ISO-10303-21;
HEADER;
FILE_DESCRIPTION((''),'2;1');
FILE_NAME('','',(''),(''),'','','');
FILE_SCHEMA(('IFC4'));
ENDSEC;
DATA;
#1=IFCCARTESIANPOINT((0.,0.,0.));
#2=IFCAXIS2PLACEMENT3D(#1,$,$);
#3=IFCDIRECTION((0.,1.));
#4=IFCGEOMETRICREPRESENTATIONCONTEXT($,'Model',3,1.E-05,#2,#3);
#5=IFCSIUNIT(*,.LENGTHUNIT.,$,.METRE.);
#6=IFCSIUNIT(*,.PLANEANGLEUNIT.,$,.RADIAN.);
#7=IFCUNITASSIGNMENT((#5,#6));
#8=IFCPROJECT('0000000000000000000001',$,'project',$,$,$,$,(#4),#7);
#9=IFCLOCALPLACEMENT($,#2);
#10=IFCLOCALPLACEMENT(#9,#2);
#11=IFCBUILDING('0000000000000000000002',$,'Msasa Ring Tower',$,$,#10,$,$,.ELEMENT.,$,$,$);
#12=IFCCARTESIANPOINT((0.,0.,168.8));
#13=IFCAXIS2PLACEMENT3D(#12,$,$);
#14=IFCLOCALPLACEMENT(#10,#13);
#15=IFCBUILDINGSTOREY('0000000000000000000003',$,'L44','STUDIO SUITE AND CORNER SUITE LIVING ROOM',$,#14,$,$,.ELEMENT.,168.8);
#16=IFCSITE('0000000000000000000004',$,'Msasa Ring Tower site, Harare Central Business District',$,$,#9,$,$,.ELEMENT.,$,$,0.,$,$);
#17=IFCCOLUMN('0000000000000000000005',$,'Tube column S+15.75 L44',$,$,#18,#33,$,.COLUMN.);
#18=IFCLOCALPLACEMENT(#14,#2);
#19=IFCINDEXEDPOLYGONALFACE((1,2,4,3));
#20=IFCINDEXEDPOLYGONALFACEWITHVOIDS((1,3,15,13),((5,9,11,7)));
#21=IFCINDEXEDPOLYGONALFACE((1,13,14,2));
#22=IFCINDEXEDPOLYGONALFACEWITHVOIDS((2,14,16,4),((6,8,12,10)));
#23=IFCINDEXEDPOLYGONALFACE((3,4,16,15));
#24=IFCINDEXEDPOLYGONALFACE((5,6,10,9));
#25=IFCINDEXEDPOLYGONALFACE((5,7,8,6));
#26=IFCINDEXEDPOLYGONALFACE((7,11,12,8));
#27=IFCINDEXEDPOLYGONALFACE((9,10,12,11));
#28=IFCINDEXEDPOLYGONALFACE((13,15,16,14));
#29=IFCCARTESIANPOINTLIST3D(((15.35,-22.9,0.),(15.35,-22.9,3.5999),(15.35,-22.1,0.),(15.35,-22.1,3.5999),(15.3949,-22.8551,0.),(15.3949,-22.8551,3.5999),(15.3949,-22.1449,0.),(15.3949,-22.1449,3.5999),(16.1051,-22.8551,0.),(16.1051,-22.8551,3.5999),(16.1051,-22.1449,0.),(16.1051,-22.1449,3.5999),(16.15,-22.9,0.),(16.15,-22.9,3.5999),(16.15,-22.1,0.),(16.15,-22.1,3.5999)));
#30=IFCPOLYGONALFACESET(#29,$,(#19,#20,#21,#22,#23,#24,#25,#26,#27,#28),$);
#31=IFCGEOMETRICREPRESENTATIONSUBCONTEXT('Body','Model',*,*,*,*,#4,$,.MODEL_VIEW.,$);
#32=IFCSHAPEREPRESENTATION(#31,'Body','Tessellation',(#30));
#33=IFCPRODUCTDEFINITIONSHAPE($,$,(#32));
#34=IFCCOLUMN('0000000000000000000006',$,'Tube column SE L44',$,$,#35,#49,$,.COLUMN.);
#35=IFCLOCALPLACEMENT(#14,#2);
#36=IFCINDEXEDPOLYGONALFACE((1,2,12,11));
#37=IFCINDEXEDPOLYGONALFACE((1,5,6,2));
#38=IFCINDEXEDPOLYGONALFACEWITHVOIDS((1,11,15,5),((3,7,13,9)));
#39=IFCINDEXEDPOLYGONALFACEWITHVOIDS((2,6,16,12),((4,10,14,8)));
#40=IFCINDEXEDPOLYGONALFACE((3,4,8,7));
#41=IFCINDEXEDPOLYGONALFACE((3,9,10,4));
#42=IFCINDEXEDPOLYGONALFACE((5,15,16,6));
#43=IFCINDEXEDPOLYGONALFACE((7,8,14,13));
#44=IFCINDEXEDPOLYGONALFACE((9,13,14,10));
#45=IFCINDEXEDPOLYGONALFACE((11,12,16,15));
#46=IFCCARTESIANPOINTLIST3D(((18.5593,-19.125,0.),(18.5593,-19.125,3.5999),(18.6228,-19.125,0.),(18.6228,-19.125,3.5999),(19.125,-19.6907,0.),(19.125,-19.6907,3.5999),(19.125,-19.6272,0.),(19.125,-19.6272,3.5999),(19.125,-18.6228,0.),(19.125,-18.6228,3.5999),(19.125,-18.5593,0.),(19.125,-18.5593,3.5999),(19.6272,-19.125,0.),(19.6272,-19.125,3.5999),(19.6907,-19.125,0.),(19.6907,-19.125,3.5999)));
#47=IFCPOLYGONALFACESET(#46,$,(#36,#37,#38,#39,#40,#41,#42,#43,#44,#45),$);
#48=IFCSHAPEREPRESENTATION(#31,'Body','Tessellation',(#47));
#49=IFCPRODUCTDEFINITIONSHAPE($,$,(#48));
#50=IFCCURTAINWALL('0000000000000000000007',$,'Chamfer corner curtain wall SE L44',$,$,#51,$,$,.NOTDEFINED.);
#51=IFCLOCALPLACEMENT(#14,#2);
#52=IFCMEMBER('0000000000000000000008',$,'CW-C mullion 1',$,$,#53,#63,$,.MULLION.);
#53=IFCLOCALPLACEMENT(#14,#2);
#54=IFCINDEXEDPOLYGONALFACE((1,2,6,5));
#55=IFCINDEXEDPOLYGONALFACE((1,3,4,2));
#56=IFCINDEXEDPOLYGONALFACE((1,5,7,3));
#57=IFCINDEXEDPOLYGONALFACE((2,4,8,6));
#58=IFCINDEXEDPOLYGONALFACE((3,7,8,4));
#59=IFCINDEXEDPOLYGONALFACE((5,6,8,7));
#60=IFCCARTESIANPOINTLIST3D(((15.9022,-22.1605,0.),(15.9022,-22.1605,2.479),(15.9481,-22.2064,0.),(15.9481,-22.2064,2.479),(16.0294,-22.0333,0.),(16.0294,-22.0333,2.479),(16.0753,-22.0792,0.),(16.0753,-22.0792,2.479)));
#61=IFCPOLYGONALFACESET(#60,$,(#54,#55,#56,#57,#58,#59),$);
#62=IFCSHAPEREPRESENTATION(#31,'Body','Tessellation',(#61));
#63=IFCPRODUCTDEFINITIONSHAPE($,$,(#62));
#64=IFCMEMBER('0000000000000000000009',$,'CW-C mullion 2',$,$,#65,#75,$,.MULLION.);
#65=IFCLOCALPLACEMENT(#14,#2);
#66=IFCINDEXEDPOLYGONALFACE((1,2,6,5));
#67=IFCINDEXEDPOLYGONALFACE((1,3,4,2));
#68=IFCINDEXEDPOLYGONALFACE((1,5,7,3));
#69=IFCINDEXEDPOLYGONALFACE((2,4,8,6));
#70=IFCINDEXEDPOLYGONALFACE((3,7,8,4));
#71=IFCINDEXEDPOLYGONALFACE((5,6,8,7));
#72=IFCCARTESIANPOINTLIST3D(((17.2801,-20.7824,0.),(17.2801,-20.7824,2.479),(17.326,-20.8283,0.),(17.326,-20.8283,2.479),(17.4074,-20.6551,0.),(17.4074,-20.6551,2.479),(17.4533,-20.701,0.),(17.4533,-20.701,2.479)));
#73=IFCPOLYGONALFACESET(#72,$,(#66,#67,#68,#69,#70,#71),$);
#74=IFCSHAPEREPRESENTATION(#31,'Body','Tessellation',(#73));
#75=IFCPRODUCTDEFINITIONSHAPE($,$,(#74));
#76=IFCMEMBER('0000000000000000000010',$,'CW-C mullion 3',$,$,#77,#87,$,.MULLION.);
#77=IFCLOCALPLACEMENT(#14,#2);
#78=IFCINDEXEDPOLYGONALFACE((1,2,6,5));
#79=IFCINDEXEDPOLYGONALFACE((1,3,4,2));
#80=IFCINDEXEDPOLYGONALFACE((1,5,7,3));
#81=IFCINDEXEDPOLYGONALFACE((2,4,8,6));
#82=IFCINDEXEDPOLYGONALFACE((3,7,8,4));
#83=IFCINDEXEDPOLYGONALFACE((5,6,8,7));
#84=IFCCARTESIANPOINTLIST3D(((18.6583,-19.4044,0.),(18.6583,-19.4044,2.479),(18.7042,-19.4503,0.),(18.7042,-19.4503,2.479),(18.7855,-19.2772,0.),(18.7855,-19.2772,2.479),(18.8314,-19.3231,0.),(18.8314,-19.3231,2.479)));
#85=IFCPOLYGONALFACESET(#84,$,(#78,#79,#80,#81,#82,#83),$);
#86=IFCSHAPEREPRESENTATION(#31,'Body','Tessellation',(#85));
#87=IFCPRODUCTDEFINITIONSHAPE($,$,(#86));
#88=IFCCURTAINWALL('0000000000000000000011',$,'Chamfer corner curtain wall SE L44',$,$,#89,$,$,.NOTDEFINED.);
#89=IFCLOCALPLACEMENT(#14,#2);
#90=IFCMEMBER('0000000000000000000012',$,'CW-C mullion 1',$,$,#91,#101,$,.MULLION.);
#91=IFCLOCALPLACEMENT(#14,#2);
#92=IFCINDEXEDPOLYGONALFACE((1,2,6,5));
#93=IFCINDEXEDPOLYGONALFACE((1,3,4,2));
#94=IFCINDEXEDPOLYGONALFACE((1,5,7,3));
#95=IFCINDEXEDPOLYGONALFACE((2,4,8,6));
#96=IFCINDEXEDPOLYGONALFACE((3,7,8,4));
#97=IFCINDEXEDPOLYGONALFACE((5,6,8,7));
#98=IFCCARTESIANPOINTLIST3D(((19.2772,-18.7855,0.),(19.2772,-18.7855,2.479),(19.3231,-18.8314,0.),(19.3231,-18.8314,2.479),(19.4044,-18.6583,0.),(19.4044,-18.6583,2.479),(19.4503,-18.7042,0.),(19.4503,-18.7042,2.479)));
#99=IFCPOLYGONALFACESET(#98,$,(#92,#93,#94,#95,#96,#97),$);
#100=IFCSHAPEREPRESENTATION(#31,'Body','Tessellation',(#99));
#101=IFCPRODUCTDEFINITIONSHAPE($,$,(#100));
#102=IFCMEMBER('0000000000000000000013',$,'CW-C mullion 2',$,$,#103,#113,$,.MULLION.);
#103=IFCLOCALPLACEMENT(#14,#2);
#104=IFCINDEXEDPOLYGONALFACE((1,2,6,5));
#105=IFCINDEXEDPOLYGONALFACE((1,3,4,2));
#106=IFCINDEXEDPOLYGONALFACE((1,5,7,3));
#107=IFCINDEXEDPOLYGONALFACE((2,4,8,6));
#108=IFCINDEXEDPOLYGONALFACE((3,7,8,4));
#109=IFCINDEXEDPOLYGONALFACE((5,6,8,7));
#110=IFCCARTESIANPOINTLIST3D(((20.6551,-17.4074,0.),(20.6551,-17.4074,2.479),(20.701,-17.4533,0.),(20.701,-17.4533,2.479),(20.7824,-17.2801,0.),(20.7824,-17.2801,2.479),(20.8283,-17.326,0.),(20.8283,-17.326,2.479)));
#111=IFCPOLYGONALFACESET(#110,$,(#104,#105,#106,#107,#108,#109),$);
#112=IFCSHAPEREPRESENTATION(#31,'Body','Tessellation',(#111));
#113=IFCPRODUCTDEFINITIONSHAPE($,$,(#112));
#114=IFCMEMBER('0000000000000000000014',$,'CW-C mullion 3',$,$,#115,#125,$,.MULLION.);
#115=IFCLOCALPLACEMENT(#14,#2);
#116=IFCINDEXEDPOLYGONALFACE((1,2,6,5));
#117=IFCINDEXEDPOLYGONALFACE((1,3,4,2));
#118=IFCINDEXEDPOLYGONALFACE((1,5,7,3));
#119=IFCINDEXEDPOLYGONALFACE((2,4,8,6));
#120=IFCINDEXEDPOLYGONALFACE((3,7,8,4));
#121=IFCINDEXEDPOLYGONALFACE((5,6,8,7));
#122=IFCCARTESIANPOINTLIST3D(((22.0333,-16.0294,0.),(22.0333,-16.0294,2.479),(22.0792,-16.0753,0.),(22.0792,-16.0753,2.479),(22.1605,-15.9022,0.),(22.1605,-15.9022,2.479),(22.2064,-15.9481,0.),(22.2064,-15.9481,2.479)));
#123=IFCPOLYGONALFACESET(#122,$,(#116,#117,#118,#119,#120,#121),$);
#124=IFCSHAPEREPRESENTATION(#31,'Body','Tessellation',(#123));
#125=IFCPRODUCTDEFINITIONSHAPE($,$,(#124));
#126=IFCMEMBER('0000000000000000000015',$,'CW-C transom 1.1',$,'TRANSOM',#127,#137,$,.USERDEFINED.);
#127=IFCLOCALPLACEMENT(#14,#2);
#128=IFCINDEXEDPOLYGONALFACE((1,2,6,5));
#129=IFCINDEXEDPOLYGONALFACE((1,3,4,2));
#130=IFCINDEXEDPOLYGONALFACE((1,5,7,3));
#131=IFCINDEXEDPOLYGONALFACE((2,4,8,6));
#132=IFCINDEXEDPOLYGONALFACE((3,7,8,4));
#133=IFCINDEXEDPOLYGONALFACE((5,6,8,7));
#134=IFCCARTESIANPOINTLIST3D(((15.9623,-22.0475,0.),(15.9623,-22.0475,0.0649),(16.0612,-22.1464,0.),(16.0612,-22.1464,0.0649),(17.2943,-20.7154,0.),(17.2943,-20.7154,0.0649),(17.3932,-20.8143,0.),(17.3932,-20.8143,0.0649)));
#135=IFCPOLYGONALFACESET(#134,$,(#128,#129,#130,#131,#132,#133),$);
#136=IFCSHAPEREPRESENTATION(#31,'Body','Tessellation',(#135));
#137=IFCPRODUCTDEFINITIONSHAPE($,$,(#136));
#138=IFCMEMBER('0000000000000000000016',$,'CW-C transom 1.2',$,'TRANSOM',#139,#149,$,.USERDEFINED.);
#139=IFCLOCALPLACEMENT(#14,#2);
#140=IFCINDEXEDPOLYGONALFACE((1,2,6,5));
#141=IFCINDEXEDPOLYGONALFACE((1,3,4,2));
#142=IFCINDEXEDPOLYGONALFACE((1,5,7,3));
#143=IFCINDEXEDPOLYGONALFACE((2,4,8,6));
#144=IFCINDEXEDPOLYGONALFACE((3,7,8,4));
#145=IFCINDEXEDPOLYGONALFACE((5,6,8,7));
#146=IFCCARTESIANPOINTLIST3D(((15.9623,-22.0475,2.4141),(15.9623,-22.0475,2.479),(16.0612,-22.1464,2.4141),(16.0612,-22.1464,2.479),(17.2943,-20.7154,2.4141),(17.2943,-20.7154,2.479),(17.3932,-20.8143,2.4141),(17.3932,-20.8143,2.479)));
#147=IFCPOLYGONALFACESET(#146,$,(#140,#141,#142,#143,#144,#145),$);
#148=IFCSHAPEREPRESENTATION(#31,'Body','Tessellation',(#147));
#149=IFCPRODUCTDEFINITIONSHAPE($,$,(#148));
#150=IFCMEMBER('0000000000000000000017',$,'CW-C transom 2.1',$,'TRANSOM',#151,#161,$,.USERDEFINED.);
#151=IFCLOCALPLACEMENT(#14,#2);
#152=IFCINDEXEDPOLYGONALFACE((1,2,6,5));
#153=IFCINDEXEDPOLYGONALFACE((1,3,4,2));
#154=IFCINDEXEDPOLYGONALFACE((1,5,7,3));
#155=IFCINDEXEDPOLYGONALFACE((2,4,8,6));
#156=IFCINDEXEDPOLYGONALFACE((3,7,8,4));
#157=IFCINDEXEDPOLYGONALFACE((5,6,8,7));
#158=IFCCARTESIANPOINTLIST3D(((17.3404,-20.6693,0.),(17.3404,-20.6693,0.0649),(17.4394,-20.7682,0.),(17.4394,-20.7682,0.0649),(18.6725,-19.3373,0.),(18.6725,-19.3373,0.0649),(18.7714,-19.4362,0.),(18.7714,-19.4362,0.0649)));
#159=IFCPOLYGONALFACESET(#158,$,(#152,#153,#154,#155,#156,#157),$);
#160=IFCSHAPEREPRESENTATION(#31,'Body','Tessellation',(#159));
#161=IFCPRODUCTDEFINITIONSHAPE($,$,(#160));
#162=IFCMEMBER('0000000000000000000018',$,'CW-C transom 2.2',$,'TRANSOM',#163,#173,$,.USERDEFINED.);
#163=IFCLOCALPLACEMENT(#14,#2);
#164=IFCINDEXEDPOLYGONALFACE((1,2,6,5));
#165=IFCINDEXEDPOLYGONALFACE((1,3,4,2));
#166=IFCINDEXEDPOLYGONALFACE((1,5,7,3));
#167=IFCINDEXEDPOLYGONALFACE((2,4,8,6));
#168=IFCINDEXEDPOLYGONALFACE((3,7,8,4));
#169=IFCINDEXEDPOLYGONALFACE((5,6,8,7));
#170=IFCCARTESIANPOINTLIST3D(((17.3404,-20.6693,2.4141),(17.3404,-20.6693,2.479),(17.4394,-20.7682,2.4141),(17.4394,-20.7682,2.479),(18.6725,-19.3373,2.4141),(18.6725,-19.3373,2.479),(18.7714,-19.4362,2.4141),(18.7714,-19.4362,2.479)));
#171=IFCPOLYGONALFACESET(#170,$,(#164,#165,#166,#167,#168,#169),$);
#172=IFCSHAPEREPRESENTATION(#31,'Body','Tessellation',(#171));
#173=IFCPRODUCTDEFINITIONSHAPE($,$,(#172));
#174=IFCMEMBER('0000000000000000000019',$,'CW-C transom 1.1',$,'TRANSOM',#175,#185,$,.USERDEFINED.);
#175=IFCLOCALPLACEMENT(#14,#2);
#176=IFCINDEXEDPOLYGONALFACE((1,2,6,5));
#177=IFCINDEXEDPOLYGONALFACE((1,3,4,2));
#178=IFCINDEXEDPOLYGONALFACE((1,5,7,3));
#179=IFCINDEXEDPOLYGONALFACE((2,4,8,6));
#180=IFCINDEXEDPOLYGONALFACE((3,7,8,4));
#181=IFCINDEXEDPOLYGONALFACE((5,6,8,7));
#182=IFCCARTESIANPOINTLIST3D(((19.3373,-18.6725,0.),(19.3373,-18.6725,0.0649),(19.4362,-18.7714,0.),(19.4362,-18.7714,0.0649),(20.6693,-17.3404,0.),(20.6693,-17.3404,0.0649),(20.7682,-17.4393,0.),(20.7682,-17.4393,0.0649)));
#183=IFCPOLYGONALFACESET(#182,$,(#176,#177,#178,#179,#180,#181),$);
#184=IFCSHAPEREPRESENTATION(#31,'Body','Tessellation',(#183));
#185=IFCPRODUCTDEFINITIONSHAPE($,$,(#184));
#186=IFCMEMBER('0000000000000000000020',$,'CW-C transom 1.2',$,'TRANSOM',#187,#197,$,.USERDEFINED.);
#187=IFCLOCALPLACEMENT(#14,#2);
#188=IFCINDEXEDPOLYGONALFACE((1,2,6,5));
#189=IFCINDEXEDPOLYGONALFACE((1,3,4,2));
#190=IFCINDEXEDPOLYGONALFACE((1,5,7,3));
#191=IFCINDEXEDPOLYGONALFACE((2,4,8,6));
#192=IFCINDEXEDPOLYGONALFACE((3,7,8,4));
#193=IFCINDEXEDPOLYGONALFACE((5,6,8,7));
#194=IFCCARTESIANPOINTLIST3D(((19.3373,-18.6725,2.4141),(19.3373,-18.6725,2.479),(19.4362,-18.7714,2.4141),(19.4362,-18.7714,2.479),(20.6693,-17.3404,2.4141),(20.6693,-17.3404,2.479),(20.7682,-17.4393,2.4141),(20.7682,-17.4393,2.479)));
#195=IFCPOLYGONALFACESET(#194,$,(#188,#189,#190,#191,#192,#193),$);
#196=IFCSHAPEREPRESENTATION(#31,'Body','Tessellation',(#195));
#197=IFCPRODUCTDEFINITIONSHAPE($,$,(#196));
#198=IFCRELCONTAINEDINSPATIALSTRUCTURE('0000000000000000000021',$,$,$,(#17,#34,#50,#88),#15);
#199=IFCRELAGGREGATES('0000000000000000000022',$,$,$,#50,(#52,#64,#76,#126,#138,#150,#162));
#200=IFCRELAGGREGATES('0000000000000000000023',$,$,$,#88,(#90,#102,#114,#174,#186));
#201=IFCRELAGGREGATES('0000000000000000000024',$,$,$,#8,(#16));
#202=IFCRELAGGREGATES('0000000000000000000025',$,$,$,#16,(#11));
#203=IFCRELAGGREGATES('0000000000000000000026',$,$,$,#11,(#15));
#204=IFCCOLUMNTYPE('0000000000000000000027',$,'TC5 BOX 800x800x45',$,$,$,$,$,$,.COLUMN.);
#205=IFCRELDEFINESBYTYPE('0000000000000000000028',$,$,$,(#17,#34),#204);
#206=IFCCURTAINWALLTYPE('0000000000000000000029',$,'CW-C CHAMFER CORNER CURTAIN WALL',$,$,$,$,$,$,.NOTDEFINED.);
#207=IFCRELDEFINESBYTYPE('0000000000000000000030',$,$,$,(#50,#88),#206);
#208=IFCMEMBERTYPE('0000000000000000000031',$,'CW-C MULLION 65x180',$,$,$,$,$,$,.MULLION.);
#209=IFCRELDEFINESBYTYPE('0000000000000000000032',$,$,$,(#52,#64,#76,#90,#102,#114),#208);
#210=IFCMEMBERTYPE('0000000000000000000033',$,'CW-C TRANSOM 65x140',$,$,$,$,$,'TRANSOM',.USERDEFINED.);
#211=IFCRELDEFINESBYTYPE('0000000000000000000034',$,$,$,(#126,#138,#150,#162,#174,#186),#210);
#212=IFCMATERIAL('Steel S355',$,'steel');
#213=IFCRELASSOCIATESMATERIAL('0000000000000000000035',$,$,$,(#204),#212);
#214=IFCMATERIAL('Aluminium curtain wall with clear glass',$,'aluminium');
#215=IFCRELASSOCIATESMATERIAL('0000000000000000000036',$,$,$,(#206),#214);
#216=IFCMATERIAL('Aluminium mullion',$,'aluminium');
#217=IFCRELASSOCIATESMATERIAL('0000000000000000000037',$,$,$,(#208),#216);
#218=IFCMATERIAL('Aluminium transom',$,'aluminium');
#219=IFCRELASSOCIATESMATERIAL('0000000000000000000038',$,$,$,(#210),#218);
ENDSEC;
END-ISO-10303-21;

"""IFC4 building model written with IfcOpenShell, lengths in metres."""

from ifc_helpers import new_model, si_unit, direction, frame, origin, origin_2d, place, context, subcontext, project, spatial, rectangle, hollow_rectangle, extrude, material, material_profile, profile_set, type_object, element, aggregate, save


model = new_model("IFC4")

# Units and contexts
model_context = context("Model", 3, precision=1e-05, world=origin(), true_north=direction((0.0, 1.0)))
body_context = subcontext(model_context, "Body", "Model", "MODEL_VIEW")
ifc_project = project(units=[si_unit("LENGTHUNIT", "METRE"), si_unit("PLANEANGLEUNIT", "RADIAN")], contexts=[model_context])

# Site, building, storey
site_placement = place(None, origin())
site = spatial("IfcSite", under=ifc_project, at=site_placement, Name="Msasa Ring Tower site, Harare Central Business District", CompositionType="ELEMENT", RefElevation=0.0)
building_placement = place(site_placement, origin())
building = spatial("IfcBuilding", under=site, at=building_placement, Name="Msasa Ring Tower", CompositionType="ELEMENT")
storey_placement = place(building_placement, frame((0.0, 0.0, 168.8)))
storey = spatial("IfcBuildingStorey", under=building, at=storey_placement, Name="L44", Description="STUDIO SUITE AND CORNER SUITE LIVING ROOM", CompositionType="ELEMENT", Elevation=168.8)

# Columns
ifc_material_1 = material(Name="Steel S355", Category="steel")
ifc_material_profile_1 = material_profile(ifc_material_1, hollow_rectangle(XDim=0.8, YDim=0.8, WallThickness=0.0449, at=origin_2d()), Name="BOX 800x800x45")
ifc_profile_set_1 = profile_set([ifc_material_profile_1], Name="Steel S355")
column_type = type_object("IfcColumnType", Name="TC5 BOX 800x800x45", PredefinedType="COLUMN", material=ifc_profile_set_1)
for number, where, z_axis, x_axis, name in (
    (1, (15.75, -22.5, 0.0), (0.0, 0.0, 1.0), (0.0, 1.0, 0.0), "Tube column S+15.75 L44"),
    (2, (19.125, -19.125, 0.0), (0.0, 0.0, 1.0), (0.707107, -0.707107, 0.0), "Tube column SE L44"),
):
    element("IfcColumn", number, at=place(storey_placement, frame(where, z_axis=z_axis, x_axis=x_axis)), inside=storey, type_object=column_type, Name=name, PredefinedType="COLUMN", context=body_context, shape_type="SweptSolid", body=[
        extrude(hollow_rectangle(XDim=0.8, YDim=0.8, WallThickness=0.0449, at=origin_2d()), origin(), (0.0, 0.0, 1.0), 3.5999),
    ])

# Curtain walls, members
ifc_material_2 = material(Name="Aluminium curtain wall with clear glass", Category="aluminium")
curtain_wall_type = type_object("IfcCurtainWallType", Name="CW-C CHAMFER CORNER CURTAIN WALL", PredefinedType="NOTDEFINED", material=ifc_material_2)
curtain_wall_1_placement = place(storey_placement, origin())
curtain_wall_1 = element("IfcCurtainWall", 3, at=curtain_wall_1_placement, inside=storey, type_object=curtain_wall_type, Name="Chamfer corner curtain wall SE L44", PredefinedType="NOTDEFINED")
ifc_material_3 = material(Name="Aluminium mullion", Category="aluminium")
ifc_material_profile_2 = material_profile(ifc_material_3, rectangle(XDim=0.0649, YDim=0.1799, at=origin_2d()), Name="AL 65x180")
ifc_profile_set_2 = profile_set([ifc_material_profile_2], Name="Aluminium mullion")
member_type_1 = type_object("IfcMemberType", Name="CW-C MULLION 65x180", PredefinedType="MULLION", material=ifc_profile_set_2)
member_1_placement = place(storey_placement, frame((15.9888, -22.1199, 0.0), z_axis=(0.0, 0.0, 1.0), x_axis=(-0.707107, 0.707107, 0.0)))
member_1 = element("IfcMember", 4, at=member_1_placement, type_object=member_type_1, Name="CW-C mullion 1", PredefinedType="MULLION", context=body_context, shape_type="SweptSolid", body=[
    extrude(rectangle(XDim=0.0649, YDim=0.1799, at=origin_2d()), origin(), (0.0, 0.0, 1.0), 2.479),
])
member_2_placement = place(storey_placement, frame((17.3667, -20.7417, 0.0), z_axis=(0.0, 0.0, 1.0), x_axis=(-0.707107, 0.707107, 0.0)))
member_2 = element("IfcMember", 5, at=member_2_placement, type_object=member_type_1, Name="CW-C mullion 2", PredefinedType="MULLION", context=body_context, shape_type="SweptSolid", body=[
    extrude(rectangle(XDim=0.0649, YDim=0.1799, at=origin_2d()), origin(), (0.0, 0.0, 1.0), 2.479),
])
member_3_placement = place(storey_placement, frame((18.7449, -19.3638, 0.0), z_axis=(0.0, 0.0, 1.0), x_axis=(-0.707107, 0.707107, 0.0)))
member_3 = element("IfcMember", 6, at=member_3_placement, type_object=member_type_1, Name="CW-C mullion 3", PredefinedType="MULLION", context=body_context, shape_type="SweptSolid", body=[
    extrude(rectangle(XDim=0.0649, YDim=0.1799, at=origin_2d()), origin(), (0.0, 0.0, 1.0), 2.479),
])
curtain_wall_2_placement = place(storey_placement, origin())
curtain_wall_2 = element("IfcCurtainWall", 7, at=curtain_wall_2_placement, inside=storey, type_object=curtain_wall_type, Name="Chamfer corner curtain wall SE L44", PredefinedType="NOTDEFINED")
member_4_placement = place(storey_placement, frame((19.3638, -18.7449, 0.0), z_axis=(0.0, 0.0, 1.0), x_axis=(-0.707107, 0.707107, 0.0)))
member_4 = element("IfcMember", 8, at=member_4_placement, type_object=member_type_1, Name="CW-C mullion 1", PredefinedType="MULLION", context=body_context, shape_type="SweptSolid", body=[
    extrude(rectangle(XDim=0.0649, YDim=0.1799, at=origin_2d()), origin(), (0.0, 0.0, 1.0), 2.479),
])
member_5_placement = place(storey_placement, frame((20.7417, -17.3667, 0.0), z_axis=(0.0, 0.0, 1.0), x_axis=(-0.707107, 0.707107, 0.0)))
member_5 = element("IfcMember", 9, at=member_5_placement, type_object=member_type_1, Name="CW-C mullion 2", PredefinedType="MULLION", context=body_context, shape_type="SweptSolid", body=[
    extrude(rectangle(XDim=0.0649, YDim=0.1799, at=origin_2d()), origin(), (0.0, 0.0, 1.0), 2.479),
])
member_6_placement = place(storey_placement, frame((22.1199, -15.9888, 0.0), z_axis=(0.0, 0.0, 1.0), x_axis=(-0.707107, 0.707107, 0.0)))
member_6 = element("IfcMember", 10, at=member_6_placement, type_object=member_type_1, Name="CW-C mullion 3", PredefinedType="MULLION", context=body_context, shape_type="SweptSolid", body=[
    extrude(rectangle(XDim=0.0649, YDim=0.1799, at=origin_2d()), origin(), (0.0, 0.0, 1.0), 2.479),
])

# Members
ifc_material_4 = material(Name="Aluminium transom", Category="aluminium")
ifc_material_profile_3 = material_profile(ifc_material_4, rectangle(XDim=0.1399, YDim=0.0649, at=origin_2d()), Name="AL 65x140")
ifc_profile_set_3 = profile_set([ifc_material_profile_3], Name="Aluminium transom")
member_type_2 = type_object("IfcMemberType", Name="CW-C TRANSOM 65x140", ElementType="TRANSOM", PredefinedType="USERDEFINED", material=ifc_profile_set_3)
member_7_placement = place(storey_placement, frame((16.0117, -22.0969, 0.0325), z_axis=(0.707107, 0.707107, 0.0), x_axis=(-0.707107, 0.707107, 0.0)))
member_7 = element("IfcMember", 11, at=member_7_placement, type_object=member_type_2, Name="CW-C transom 1.1", ObjectType="TRANSOM", PredefinedType="USERDEFINED", context=body_context, shape_type="SweptSolid", body=[
    extrude(rectangle(XDim=0.1399, YDim=0.0649, at=origin_2d()), origin(), (0.0, 0.0, 1.0), 1.8838),
])
member_8_placement = place(storey_placement, frame((16.0117, -22.0969, 2.4465), z_axis=(0.707107, 0.707107, 0.0), x_axis=(-0.707107, 0.707107, 0.0)))
member_8 = element("IfcMember", 12, at=member_8_placement, type_object=member_type_2, Name="CW-C transom 1.2", ObjectType="TRANSOM", PredefinedType="USERDEFINED", context=body_context, shape_type="SweptSolid", body=[
    extrude(rectangle(XDim=0.1399, YDim=0.0649, at=origin_2d()), origin(), (0.0, 0.0, 1.0), 1.8838),
])
member_9_placement = place(storey_placement, frame((17.3899, -20.7188, 0.0325), z_axis=(0.707107, 0.707107, 0.0), x_axis=(-0.707107, 0.707107, 0.0)))
member_9 = element("IfcMember", 13, at=member_9_placement, type_object=member_type_2, Name="CW-C transom 2.1", ObjectType="TRANSOM", PredefinedType="USERDEFINED", context=body_context, shape_type="SweptSolid", body=[
    extrude(rectangle(XDim=0.1399, YDim=0.0649, at=origin_2d()), origin(), (0.0, 0.0, 1.0), 1.8838),
])
member_10_placement = place(storey_placement, frame((17.3899, -20.7188, 2.4465), z_axis=(0.707107, 0.707107, 0.0), x_axis=(-0.707107, 0.707107, 0.0)))
member_10 = element("IfcMember", 14, at=member_10_placement, type_object=member_type_2, Name="CW-C transom 2.2", ObjectType="TRANSOM", PredefinedType="USERDEFINED", context=body_context, shape_type="SweptSolid", body=[
    extrude(rectangle(XDim=0.1399, YDim=0.0649, at=origin_2d()), origin(), (0.0, 0.0, 1.0), 1.8838),
])
member_11_placement = place(storey_placement, frame((19.3867, -18.7219, 0.0325), z_axis=(0.707107, 0.707107, 0.0), x_axis=(-0.707107, 0.707107, 0.0)))
member_11 = element("IfcMember", 15, at=member_11_placement, type_object=member_type_2, Name="CW-C transom 1.1", ObjectType="TRANSOM", PredefinedType="USERDEFINED", context=body_context, shape_type="SweptSolid", body=[
    extrude(rectangle(XDim=0.1399, YDim=0.0649, at=origin_2d()), origin(), (0.0, 0.0, 1.0), 1.8838),
])
member_12_placement = place(storey_placement, frame((19.3867, -18.7219, 2.4465), z_axis=(0.707107, 0.707107, 0.0), x_axis=(-0.707107, 0.707107, 0.0)))
member_12 = element("IfcMember", 16, at=member_12_placement, type_object=member_type_2, Name="CW-C transom 1.2", ObjectType="TRANSOM", PredefinedType="USERDEFINED", context=body_context, shape_type="SweptSolid", body=[
    extrude(rectangle(XDim=0.1399, YDim=0.0649, at=origin_2d()), origin(), (0.0, 0.0, 1.0), 1.8838),
])

aggregate(curtain_wall_1, [member_1, member_2, member_3, member_7, member_8, member_9, member_10])
aggregate(curtain_wall_2, [member_4, member_5, member_6, member_11, member_12])

save(model, "model.ifc")
